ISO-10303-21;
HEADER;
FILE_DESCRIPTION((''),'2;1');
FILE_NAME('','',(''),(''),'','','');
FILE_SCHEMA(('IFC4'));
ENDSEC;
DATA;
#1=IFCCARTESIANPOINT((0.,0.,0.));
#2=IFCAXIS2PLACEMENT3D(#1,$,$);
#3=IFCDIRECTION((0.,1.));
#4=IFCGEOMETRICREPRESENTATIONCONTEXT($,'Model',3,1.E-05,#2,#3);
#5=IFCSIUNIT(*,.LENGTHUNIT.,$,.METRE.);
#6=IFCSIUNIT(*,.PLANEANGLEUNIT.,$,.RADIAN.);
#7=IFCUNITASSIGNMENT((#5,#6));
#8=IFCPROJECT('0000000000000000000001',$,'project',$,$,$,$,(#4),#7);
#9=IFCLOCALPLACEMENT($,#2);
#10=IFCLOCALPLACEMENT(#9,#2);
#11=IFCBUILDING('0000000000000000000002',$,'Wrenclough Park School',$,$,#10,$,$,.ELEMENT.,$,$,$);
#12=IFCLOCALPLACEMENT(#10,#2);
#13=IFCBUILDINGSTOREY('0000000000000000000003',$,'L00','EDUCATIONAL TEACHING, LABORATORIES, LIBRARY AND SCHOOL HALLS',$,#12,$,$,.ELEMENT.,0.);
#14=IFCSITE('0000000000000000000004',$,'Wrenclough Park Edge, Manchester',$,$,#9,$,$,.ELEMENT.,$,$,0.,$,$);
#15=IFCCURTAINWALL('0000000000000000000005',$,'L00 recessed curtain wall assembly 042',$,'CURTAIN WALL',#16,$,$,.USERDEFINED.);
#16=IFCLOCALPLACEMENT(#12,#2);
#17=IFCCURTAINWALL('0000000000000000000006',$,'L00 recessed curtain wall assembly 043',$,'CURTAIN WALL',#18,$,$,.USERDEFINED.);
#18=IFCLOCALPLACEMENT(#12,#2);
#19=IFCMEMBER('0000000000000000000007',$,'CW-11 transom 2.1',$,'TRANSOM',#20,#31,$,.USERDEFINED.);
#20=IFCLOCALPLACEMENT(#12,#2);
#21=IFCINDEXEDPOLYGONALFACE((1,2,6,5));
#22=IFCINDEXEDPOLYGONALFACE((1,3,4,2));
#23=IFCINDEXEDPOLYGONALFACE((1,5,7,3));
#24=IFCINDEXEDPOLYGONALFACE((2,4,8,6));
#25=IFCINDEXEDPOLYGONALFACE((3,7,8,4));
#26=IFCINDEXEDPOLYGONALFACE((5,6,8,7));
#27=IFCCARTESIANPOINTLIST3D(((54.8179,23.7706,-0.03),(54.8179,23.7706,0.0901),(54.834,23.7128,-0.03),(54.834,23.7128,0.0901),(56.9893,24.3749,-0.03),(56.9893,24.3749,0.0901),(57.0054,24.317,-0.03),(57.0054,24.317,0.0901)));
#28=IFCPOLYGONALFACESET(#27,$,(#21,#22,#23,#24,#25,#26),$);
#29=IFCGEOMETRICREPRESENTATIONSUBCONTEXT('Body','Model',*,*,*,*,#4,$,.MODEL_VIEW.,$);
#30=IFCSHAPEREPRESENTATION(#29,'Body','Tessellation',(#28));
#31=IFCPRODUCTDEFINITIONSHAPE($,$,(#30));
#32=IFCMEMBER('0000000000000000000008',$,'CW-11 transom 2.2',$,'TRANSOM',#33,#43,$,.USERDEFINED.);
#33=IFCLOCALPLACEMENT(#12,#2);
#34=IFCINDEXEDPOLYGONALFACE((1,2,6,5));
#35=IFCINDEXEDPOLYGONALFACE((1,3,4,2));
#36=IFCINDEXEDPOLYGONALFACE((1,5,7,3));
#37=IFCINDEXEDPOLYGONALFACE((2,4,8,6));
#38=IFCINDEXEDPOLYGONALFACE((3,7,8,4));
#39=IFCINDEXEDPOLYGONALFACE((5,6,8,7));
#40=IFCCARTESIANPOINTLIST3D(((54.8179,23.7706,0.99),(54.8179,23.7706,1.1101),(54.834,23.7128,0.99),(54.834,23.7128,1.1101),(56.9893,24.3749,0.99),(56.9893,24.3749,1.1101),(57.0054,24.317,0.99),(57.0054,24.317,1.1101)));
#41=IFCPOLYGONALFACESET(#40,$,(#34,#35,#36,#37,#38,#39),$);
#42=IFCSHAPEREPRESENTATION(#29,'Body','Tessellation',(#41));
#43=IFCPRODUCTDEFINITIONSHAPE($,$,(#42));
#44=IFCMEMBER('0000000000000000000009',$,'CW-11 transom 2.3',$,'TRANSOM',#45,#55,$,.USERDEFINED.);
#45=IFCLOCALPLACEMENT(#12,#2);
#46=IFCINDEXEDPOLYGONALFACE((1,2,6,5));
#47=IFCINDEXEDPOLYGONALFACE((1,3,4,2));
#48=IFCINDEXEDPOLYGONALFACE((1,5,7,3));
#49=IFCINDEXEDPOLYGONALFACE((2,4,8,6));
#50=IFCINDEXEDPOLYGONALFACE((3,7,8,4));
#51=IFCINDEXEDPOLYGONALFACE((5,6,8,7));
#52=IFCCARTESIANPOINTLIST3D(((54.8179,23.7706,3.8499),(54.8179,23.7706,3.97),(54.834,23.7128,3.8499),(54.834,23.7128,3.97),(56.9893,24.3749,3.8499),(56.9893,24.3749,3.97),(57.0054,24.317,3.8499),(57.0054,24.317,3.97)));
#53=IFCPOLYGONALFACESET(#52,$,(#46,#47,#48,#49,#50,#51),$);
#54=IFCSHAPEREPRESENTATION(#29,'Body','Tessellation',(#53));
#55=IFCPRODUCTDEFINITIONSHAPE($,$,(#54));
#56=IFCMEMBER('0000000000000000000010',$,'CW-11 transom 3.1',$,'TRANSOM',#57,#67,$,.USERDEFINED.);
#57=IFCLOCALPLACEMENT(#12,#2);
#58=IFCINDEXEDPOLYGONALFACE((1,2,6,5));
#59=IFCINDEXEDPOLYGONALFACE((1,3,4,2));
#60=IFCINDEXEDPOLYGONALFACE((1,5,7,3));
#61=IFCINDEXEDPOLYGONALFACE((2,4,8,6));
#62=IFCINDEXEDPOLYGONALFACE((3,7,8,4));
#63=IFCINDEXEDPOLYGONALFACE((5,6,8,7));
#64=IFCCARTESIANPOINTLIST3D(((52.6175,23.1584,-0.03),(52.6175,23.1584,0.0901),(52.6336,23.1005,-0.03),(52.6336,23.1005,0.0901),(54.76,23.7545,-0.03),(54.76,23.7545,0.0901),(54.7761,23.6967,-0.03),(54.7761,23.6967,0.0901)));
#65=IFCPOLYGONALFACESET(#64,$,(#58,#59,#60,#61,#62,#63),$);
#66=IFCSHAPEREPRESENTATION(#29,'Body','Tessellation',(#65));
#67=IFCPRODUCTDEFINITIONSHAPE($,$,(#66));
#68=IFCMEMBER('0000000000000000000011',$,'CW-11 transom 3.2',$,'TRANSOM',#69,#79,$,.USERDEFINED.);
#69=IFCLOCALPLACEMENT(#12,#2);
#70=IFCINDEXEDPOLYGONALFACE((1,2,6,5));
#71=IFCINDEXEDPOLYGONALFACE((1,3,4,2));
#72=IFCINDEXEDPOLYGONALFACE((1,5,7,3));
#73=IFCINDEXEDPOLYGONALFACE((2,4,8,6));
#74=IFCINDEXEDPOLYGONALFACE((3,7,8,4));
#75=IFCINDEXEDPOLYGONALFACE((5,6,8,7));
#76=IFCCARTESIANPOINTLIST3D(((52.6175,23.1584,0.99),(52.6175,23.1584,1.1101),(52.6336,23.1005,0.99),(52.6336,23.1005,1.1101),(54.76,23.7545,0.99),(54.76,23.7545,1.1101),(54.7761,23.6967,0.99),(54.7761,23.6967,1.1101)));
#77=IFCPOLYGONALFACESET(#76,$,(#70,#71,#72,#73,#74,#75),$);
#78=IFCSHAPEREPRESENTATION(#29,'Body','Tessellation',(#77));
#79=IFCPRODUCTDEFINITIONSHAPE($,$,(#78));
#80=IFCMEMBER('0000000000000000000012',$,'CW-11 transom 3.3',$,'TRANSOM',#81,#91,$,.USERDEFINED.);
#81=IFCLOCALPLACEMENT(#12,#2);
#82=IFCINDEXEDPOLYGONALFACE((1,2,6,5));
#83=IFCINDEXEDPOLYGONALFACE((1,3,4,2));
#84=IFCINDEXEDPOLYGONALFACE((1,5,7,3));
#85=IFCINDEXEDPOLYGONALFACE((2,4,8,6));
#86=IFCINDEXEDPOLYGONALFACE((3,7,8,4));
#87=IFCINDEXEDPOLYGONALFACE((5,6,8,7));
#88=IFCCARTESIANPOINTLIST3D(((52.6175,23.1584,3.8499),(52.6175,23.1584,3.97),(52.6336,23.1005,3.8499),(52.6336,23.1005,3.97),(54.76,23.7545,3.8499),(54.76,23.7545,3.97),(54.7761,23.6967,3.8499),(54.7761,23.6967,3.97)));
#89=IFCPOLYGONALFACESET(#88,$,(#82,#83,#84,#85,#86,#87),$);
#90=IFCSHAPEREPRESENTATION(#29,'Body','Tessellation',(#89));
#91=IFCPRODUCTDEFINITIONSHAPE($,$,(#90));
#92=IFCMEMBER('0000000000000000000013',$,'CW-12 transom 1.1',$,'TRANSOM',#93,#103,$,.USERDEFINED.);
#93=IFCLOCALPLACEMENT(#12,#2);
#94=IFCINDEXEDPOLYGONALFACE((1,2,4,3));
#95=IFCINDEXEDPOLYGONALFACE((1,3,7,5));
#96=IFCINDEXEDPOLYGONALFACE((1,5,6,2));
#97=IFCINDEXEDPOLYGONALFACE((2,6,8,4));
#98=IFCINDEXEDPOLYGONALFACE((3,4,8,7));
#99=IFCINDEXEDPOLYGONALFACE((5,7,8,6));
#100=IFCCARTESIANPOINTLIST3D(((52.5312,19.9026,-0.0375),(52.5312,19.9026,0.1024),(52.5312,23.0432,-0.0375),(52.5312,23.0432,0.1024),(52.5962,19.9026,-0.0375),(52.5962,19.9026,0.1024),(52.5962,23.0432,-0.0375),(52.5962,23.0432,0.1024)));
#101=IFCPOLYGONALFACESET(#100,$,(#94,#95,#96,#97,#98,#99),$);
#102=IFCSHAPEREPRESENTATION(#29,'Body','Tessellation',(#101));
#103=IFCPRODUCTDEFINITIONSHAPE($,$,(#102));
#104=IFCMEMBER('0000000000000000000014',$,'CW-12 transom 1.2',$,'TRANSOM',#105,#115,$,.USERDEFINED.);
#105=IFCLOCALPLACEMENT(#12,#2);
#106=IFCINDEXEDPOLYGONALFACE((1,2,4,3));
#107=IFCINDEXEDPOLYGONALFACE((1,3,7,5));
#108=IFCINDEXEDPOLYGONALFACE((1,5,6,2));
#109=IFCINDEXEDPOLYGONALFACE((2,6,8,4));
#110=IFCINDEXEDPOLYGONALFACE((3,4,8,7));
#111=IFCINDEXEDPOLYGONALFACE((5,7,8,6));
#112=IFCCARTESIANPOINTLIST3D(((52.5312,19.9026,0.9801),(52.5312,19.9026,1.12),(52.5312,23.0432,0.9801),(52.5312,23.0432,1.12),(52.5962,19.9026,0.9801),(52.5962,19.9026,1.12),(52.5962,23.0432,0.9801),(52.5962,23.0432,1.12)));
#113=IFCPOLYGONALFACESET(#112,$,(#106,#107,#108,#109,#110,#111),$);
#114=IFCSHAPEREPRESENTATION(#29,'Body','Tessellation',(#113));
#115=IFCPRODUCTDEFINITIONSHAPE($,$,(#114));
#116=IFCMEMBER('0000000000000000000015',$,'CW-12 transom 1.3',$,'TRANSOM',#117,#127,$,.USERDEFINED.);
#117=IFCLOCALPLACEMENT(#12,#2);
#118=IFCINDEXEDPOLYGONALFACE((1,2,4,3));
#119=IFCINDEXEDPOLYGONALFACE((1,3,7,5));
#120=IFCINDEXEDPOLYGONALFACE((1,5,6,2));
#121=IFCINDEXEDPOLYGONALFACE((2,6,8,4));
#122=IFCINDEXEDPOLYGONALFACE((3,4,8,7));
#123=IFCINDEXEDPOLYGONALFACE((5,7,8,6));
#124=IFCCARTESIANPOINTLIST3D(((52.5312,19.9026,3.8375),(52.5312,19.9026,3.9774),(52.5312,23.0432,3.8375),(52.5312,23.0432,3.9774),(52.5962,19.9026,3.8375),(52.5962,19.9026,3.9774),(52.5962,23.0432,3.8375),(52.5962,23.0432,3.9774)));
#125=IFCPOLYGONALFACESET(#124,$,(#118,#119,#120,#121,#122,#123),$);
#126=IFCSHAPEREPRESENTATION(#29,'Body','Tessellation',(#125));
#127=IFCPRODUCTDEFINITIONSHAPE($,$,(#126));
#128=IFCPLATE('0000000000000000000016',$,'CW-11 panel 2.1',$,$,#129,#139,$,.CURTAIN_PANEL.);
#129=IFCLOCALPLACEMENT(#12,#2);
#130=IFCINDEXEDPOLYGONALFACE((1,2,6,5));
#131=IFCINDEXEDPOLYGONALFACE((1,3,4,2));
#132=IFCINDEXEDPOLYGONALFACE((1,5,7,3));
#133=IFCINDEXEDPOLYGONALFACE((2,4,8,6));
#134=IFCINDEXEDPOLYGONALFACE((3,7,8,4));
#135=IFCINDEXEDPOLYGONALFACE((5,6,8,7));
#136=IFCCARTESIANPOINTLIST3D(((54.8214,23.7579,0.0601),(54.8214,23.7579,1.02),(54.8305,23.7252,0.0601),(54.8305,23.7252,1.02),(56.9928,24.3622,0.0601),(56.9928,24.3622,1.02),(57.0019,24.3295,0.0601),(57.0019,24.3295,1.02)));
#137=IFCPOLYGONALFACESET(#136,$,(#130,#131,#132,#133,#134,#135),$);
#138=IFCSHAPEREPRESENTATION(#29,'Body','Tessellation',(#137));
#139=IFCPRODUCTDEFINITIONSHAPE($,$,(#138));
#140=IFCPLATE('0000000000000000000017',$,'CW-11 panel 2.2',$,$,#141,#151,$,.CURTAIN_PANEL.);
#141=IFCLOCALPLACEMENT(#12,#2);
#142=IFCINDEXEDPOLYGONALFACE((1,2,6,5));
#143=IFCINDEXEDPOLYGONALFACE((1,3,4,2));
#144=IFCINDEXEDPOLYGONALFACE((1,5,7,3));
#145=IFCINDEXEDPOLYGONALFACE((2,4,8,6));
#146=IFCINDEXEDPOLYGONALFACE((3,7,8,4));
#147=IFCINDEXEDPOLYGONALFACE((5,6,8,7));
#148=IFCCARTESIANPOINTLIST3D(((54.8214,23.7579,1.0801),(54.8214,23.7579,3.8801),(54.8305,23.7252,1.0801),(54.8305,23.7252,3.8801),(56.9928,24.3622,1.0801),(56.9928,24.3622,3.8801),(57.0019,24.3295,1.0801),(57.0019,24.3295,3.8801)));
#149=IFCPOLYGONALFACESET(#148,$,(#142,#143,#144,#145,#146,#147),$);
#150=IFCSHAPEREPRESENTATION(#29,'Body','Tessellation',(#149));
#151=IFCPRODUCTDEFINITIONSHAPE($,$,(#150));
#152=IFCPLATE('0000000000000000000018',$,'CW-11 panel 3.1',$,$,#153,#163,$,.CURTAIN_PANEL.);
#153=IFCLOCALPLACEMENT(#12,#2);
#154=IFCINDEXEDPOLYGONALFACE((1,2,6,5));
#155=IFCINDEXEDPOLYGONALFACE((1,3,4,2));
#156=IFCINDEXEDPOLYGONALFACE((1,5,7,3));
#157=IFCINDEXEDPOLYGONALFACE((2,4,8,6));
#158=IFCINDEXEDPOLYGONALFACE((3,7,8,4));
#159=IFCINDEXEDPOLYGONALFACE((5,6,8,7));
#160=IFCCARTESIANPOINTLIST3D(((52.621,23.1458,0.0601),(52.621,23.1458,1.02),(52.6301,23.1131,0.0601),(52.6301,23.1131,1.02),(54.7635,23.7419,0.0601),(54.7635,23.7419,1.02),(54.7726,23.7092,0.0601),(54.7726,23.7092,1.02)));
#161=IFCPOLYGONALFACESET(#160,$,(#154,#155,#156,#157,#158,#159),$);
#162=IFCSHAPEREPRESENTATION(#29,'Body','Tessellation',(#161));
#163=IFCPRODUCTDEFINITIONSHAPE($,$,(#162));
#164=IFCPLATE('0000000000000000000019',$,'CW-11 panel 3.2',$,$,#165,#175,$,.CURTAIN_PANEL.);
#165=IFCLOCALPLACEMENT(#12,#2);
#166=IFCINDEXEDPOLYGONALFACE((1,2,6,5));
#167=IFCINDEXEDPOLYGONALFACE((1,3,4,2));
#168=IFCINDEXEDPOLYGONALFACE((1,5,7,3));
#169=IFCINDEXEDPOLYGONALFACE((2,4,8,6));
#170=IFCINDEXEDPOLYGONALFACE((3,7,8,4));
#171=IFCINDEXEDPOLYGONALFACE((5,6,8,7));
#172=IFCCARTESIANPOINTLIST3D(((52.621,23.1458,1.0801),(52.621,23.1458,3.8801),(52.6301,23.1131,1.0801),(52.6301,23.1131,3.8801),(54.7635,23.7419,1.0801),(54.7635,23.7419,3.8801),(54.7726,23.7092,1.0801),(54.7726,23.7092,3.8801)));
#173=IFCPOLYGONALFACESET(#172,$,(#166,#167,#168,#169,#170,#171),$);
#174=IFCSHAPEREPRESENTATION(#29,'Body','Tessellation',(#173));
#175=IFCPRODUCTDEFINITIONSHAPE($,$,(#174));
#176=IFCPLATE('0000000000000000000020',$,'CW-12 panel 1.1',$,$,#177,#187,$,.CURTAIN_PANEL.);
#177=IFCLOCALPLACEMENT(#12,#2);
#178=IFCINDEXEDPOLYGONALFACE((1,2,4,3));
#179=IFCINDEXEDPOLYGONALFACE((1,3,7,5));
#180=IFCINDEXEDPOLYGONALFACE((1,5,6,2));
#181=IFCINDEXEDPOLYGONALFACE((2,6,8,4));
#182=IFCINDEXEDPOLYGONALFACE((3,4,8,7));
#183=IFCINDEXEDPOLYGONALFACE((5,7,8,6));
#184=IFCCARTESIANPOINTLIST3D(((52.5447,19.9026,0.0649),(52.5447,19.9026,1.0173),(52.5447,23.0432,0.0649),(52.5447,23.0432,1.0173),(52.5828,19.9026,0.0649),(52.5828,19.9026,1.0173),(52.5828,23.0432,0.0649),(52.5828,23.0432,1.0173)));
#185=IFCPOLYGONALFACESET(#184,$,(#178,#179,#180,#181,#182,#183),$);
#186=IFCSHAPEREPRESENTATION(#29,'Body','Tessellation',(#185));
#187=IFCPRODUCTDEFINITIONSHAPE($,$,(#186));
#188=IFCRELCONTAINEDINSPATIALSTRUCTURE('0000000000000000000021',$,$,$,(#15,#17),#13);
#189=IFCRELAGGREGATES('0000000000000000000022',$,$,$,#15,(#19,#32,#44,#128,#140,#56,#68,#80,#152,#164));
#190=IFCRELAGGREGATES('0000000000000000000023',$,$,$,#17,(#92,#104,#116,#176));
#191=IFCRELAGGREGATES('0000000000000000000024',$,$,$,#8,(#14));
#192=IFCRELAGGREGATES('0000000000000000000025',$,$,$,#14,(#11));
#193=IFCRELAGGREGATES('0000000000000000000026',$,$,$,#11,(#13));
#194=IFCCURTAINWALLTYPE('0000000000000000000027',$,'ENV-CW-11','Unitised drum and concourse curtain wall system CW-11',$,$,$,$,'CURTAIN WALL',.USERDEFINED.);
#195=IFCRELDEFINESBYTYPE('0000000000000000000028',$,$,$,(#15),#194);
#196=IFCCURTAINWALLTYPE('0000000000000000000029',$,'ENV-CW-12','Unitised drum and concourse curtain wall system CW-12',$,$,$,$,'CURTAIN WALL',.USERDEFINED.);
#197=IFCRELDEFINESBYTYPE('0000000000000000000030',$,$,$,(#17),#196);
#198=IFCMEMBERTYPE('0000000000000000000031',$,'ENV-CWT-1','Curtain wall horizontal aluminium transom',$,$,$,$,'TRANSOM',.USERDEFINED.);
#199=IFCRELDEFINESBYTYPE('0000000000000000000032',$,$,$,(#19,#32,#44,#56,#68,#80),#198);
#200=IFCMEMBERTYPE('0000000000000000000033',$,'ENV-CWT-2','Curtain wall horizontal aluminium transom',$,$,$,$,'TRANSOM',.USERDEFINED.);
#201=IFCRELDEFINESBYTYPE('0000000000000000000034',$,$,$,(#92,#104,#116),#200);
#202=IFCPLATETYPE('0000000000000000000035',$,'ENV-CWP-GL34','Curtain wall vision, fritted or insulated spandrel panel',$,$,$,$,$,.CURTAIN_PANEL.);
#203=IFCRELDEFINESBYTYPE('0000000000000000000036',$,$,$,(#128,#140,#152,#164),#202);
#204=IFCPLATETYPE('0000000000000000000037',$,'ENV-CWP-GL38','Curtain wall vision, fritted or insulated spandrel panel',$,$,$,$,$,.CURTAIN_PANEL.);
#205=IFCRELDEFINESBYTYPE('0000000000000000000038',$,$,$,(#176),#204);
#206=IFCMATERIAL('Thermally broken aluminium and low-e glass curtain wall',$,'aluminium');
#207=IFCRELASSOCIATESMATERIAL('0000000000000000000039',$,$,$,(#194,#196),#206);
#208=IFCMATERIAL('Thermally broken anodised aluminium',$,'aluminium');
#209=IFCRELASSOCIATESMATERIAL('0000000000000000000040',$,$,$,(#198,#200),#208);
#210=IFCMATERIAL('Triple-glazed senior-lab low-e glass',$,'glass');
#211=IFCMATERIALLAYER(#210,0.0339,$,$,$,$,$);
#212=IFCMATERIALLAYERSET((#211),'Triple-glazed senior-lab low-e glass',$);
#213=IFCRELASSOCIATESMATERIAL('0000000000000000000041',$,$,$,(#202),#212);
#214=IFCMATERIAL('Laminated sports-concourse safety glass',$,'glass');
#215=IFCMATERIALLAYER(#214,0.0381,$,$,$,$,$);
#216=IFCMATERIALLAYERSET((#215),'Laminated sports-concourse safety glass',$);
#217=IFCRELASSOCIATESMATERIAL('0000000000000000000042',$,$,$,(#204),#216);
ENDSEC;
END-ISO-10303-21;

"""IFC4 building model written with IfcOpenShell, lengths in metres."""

from ifc_helpers import new_model, si_unit, direction, frame, origin, origin_2d, place, context, subcontext, project, spatial, rectangle, extrude, material, layer, layer_set, material_profile, profile_set, type_object, element, aggregate, save


model = new_model("IFC4")

# Units and contexts
model_context = context("Model", 3, precision=1e-05, world=origin(), true_north=direction((0.0, 1.0)))
body_context = subcontext(model_context, "Body", "Model", "MODEL_VIEW")
ifc_project = project(units=[si_unit("LENGTHUNIT", "METRE"), si_unit("PLANEANGLEUNIT", "RADIAN")], contexts=[model_context])

# Site, building, storey
site_placement = place(None, origin())
site = spatial("IfcSite", under=ifc_project, at=site_placement, Name="Wrenclough Park Edge, Manchester", CompositionType="ELEMENT", RefElevation=0.0)
building_placement = place(site_placement, origin())
building = spatial("IfcBuilding", under=site, at=building_placement, Name="Wrenclough Park School", CompositionType="ELEMENT")
storey_placement = place(building_placement, origin())
storey = spatial("IfcBuildingStorey", under=building, at=storey_placement, Name="L00", Description="EDUCATIONAL TEACHING, LABORATORIES, LIBRARY AND SCHOOL HALLS", CompositionType="ELEMENT", Elevation=0.0)

# Curtain wall
ifc_material_1 = material(Name="Thermally broken aluminium and low-e glass curtain wall", Category="aluminium")
curtain_wall_type_1 = type_object("IfcCurtainWallType", Name="ENV-CW-11", Description="Unitised drum and concourse curtain wall system CW-11", ElementType="CURTAIN WALL", PredefinedType="USERDEFINED", material=ifc_material_1)
curtain_wall_1_placement = place(storey_placement, origin())
curtain_wall_1 = element("IfcCurtainWall", 1, at=curtain_wall_1_placement, inside=storey, type_object=curtain_wall_type_1, Name="L00 recessed curtain wall assembly 042", ObjectType="CURTAIN WALL", PredefinedType="USERDEFINED")
ifc_material_2 = material(Name="Thermally broken anodised aluminium", Category="aluminium")

# Curtain wall
curtain_wall_type_2 = type_object("IfcCurtainWallType", Name="ENV-CW-12", Description="Unitised drum and concourse curtain wall system CW-12", ElementType="CURTAIN WALL", PredefinedType="USERDEFINED", material=ifc_material_1)
curtain_wall_2_placement = place(storey_placement, origin())
curtain_wall_2 = element("IfcCurtainWall", 2, at=curtain_wall_2_placement, inside=storey, type_object=curtain_wall_type_2, Name="L00 recessed curtain wall assembly 043", ObjectType="CURTAIN WALL", PredefinedType="USERDEFINED")

# Members
ifc_material_profile_1 = material_profile(ifc_material_2, rectangle(XDim=0.0601, YDim=0.1201, at=origin_2d()), Name="AL TRANSOM 60x120")
ifc_profile_set_1 = profile_set([ifc_material_profile_1], Name="Thermally broken anodised aluminium")
member_type_1 = type_object("IfcMemberType", Name="ENV-CWT-1", Description="Curtain wall horizontal aluminium transom", ElementType="TRANSOM", PredefinedType="USERDEFINED", material=ifc_profile_set_1)
member_1_placement = place(storey_placement, frame((56.9973, 24.3459, 0.03), z_axis=(-0.963394, -0.268091, 0.0), x_axis=(0.268091, -0.963394, 0.0)))
member_1 = element("IfcMember", 3, at=member_1_placement, type_object=member_type_1, Name="CW-11 transom 2.1", ObjectType="TRANSOM", PredefinedType="USERDEFINED", context=body_context, shape_type="SweptSolid", body=[
    extrude(rectangle(XDim=0.0601, YDim=0.1201, at=origin_2d()), origin(), (0.0, 0.0, 1.0), 2.2539),
])
member_2_placement = place(storey_placement, frame((56.9973, 24.3459, 1.05), z_axis=(-0.963394, -0.268091, 0.0), x_axis=(0.268091, -0.963394, 0.0)))
member_2 = element("IfcMember", 4, at=member_2_placement, type_object=member_type_1, Name="CW-11 transom 2.2", ObjectType="TRANSOM", PredefinedType="USERDEFINED", context=body_context, shape_type="SweptSolid", body=[
    extrude(rectangle(XDim=0.0601, YDim=0.1201, at=origin_2d()), origin(), (0.0, 0.0, 1.0), 2.2539),
])
member_3_placement = place(storey_placement, frame((56.9973, 24.3459, 3.9099), z_axis=(-0.963394, -0.268091, 0.0), x_axis=(0.268091, -0.963394, 0.0)))
member_3 = element("IfcMember", 5, at=member_3_placement, type_object=member_type_1, Name="CW-11 transom 2.3", ObjectType="TRANSOM", PredefinedType="USERDEFINED", context=body_context, shape_type="SweptSolid", body=[
    extrude(rectangle(XDim=0.0601, YDim=0.1201, at=origin_2d()), origin(), (0.0, 0.0, 1.0), 2.2539),
])
member_4_placement = place(storey_placement, frame((54.7681, 23.7256, 0.03), z_axis=(-0.963398, -0.268074, 0.0), x_axis=(0.268074, -0.963398, 0.0)))
member_4 = element("IfcMember", 6, at=member_4_placement, type_object=member_type_1, Name="CW-11 transom 3.1", ObjectType="TRANSOM", PredefinedType="USERDEFINED", context=body_context, shape_type="SweptSolid", body=[
    extrude(rectangle(XDim=0.0601, YDim=0.1201, at=origin_2d()), origin(), (0.0, 0.0, 1.0), 2.2239),
])
member_5_placement = place(storey_placement, frame((54.7681, 23.7256, 1.05), z_axis=(-0.963398, -0.268074, 0.0), x_axis=(0.268074, -0.963398, 0.0)))
member_5 = element("IfcMember", 7, at=member_5_placement, type_object=member_type_1, Name="CW-11 transom 3.2", ObjectType="TRANSOM", PredefinedType="USERDEFINED", context=body_context, shape_type="SweptSolid", body=[
    extrude(rectangle(XDim=0.0601, YDim=0.1201, at=origin_2d()), origin(), (0.0, 0.0, 1.0), 2.2239),
])
member_6_placement = place(storey_placement, frame((54.7681, 23.7256, 3.9099), z_axis=(-0.963398, -0.268074, 0.0), x_axis=(0.268074, -0.963398, 0.0)))
member_6 = element("IfcMember", 8, at=member_6_placement, type_object=member_type_1, Name="CW-11 transom 3.3", ObjectType="TRANSOM", PredefinedType="USERDEFINED", context=body_context, shape_type="SweptSolid", body=[
    extrude(rectangle(XDim=0.0601, YDim=0.1201, at=origin_2d()), origin(), (0.0, 0.0, 1.0), 2.2239),
])
ifc_material_profile_2 = material_profile(ifc_material_2, rectangle(XDim=0.0649, YDim=0.1399, at=origin_2d()), Name="AL TRANSOM 65x140")
ifc_profile_set_2 = profile_set([ifc_material_profile_2], Name="Thermally broken anodised aluminium")
member_type_2 = type_object("IfcMemberType", Name="ENV-CWT-2", Description="Curtain wall horizontal aluminium transom", ElementType="TRANSOM", PredefinedType="USERDEFINED", material=ifc_profile_set_2)
member_7_placement = place(storey_placement, frame((52.5637, 23.0432, 0.0325), z_axis=(0.0, -1.0, 0.0), x_axis=(1.0, 0.0, 0.0)))
member_7 = element("IfcMember", 9, at=member_7_placement, type_object=member_type_2, Name="CW-12 transom 1.1", ObjectType="TRANSOM", PredefinedType="USERDEFINED", context=body_context, shape_type="SweptSolid", body=[
    extrude(rectangle(XDim=0.0649, YDim=0.1399, at=origin_2d()), origin(), (0.0, 0.0, 1.0), 3.1406),
])
member_8_placement = place(storey_placement, frame((52.5637, 23.0432, 1.05), z_axis=(0.0, -1.0, 0.0), x_axis=(1.0, 0.0, 0.0)))
member_8 = element("IfcMember", 10, at=member_8_placement, type_object=member_type_2, Name="CW-12 transom 1.2", ObjectType="TRANSOM", PredefinedType="USERDEFINED", context=body_context, shape_type="SweptSolid", body=[
    extrude(rectangle(XDim=0.0649, YDim=0.1399, at=origin_2d()), origin(), (0.0, 0.0, 1.0), 3.1406),
])
member_9_placement = place(storey_placement, frame((52.5637, 23.0432, 3.9075), z_axis=(0.0, -1.0, 0.0), x_axis=(1.0, 0.0, 0.0)))
member_9 = element("IfcMember", 11, at=member_9_placement, type_object=member_type_2, Name="CW-12 transom 1.3", ObjectType="TRANSOM", PredefinedType="USERDEFINED", context=body_context, shape_type="SweptSolid", body=[
    extrude(rectangle(XDim=0.0649, YDim=0.1399, at=origin_2d()), origin(), (0.0, 0.0, 1.0), 3.1406),
])

# Plates
ifc_material_3 = material(Name="Triple-glazed senior-lab low-e glass", Category="glass")
ifc_layer_1 = layer(ifc_material_3, 0.0339)
ifc_layer_set_1 = layer_set([ifc_layer_1], Name="Triple-glazed senior-lab low-e glass")
plate_type_1 = type_object("IfcPlateType", Name="ENV-CWP-GL34", Description="Curtain wall vision, fritted or insulated spandrel panel", PredefinedType="CURTAIN_PANEL", material=ifc_layer_set_1)
plate_1_placement = place(storey_placement, frame((55.9116, 24.0437, 0.0601), z_axis=(0.0, 0.0, 1.0), x_axis=(-0.963399, -0.268073, 0.0)))
plate_1 = element("IfcPlate", 12, at=plate_1_placement, type_object=plate_type_1, Name="CW-11 panel 2.1", PredefinedType="CURTAIN_PANEL", context=body_context, shape_type="SweptSolid", body=[
    extrude(rectangle(XDim=2.2539, YDim=0.0339, at=origin_2d()), origin(), (0.0, 0.0, 1.0), 0.96),
])
plate_2_placement = place(storey_placement, frame((55.9116, 24.0437, 1.0801), z_axis=(0.0, 0.0, 1.0), x_axis=(-0.963399, -0.268073, 0.0)))
plate_2 = element("IfcPlate", 13, at=plate_2_placement, type_object=plate_type_1, Name="CW-11 panel 2.2", PredefinedType="CURTAIN_PANEL", context=body_context, shape_type="SweptSolid", body=[
    extrude(rectangle(XDim=2.2539, YDim=0.0339, at=origin_2d()), origin(), (0.0, 0.0, 1.0), 2.8),
])
plate_3_placement = place(storey_placement, frame((53.6968, 23.4275, 0.0601), z_axis=(0.0, 0.0, 1.0), x_axis=(-0.963399, -0.268073, 0.0)))
plate_3 = element("IfcPlate", 14, at=plate_3_placement, type_object=plate_type_1, Name="CW-11 panel 3.1", PredefinedType="CURTAIN_PANEL", context=body_context, shape_type="SweptSolid", body=[
    extrude(rectangle(XDim=2.2239, YDim=0.0339, at=origin_2d()), origin(), (0.0, 0.0, 1.0), 0.96),
])
plate_4_placement = place(storey_placement, frame((53.6968, 23.4275, 1.0801), z_axis=(0.0, 0.0, 1.0), x_axis=(-0.963399, -0.268073, 0.0)))
plate_4 = element("IfcPlate", 15, at=plate_4_placement, type_object=plate_type_1, Name="CW-11 panel 3.2", PredefinedType="CURTAIN_PANEL", context=body_context, shape_type="SweptSolid", body=[
    extrude(rectangle(XDim=2.2239, YDim=0.0339, at=origin_2d()), origin(), (0.0, 0.0, 1.0), 2.8),
])
aggregate(curtain_wall_1, [member_1, member_2, member_3, plate_1, plate_2, member_4, member_5, member_6, plate_3, plate_4])
ifc_material_4 = material(Name="Laminated sports-concourse safety glass", Category="glass")
ifc_layer_2 = layer(ifc_material_4, 0.0381)
ifc_layer_set_2 = layer_set([ifc_layer_2], Name="Laminated sports-concourse safety glass")
plate_type_2 = type_object("IfcPlateType", Name="ENV-CWP-GL38", Description="Curtain wall vision, fritted or insulated spandrel panel", PredefinedType="CURTAIN_PANEL", material=ifc_layer_set_2)
plate_5_placement = place(storey_placement, frame((52.5637, 21.4729, 0.0649), z_axis=(0.0, 0.0, 1.0), x_axis=(0.0, -1.0, 0.0)))
plate_5 = element("IfcPlate", 16, at=plate_5_placement, type_object=plate_type_2, Name="CW-12 panel 1.1", PredefinedType="CURTAIN_PANEL", context=body_context, shape_type="SweptSolid", body=[
    extrude(rectangle(XDim=3.1406, YDim=0.0381, at=origin_2d()), origin(), (0.0, 0.0, 1.0), 0.9524),
])
aggregate(curtain_wall_2, [member_7, member_8, member_9, plate_5])

save(model, "model.ifc")
